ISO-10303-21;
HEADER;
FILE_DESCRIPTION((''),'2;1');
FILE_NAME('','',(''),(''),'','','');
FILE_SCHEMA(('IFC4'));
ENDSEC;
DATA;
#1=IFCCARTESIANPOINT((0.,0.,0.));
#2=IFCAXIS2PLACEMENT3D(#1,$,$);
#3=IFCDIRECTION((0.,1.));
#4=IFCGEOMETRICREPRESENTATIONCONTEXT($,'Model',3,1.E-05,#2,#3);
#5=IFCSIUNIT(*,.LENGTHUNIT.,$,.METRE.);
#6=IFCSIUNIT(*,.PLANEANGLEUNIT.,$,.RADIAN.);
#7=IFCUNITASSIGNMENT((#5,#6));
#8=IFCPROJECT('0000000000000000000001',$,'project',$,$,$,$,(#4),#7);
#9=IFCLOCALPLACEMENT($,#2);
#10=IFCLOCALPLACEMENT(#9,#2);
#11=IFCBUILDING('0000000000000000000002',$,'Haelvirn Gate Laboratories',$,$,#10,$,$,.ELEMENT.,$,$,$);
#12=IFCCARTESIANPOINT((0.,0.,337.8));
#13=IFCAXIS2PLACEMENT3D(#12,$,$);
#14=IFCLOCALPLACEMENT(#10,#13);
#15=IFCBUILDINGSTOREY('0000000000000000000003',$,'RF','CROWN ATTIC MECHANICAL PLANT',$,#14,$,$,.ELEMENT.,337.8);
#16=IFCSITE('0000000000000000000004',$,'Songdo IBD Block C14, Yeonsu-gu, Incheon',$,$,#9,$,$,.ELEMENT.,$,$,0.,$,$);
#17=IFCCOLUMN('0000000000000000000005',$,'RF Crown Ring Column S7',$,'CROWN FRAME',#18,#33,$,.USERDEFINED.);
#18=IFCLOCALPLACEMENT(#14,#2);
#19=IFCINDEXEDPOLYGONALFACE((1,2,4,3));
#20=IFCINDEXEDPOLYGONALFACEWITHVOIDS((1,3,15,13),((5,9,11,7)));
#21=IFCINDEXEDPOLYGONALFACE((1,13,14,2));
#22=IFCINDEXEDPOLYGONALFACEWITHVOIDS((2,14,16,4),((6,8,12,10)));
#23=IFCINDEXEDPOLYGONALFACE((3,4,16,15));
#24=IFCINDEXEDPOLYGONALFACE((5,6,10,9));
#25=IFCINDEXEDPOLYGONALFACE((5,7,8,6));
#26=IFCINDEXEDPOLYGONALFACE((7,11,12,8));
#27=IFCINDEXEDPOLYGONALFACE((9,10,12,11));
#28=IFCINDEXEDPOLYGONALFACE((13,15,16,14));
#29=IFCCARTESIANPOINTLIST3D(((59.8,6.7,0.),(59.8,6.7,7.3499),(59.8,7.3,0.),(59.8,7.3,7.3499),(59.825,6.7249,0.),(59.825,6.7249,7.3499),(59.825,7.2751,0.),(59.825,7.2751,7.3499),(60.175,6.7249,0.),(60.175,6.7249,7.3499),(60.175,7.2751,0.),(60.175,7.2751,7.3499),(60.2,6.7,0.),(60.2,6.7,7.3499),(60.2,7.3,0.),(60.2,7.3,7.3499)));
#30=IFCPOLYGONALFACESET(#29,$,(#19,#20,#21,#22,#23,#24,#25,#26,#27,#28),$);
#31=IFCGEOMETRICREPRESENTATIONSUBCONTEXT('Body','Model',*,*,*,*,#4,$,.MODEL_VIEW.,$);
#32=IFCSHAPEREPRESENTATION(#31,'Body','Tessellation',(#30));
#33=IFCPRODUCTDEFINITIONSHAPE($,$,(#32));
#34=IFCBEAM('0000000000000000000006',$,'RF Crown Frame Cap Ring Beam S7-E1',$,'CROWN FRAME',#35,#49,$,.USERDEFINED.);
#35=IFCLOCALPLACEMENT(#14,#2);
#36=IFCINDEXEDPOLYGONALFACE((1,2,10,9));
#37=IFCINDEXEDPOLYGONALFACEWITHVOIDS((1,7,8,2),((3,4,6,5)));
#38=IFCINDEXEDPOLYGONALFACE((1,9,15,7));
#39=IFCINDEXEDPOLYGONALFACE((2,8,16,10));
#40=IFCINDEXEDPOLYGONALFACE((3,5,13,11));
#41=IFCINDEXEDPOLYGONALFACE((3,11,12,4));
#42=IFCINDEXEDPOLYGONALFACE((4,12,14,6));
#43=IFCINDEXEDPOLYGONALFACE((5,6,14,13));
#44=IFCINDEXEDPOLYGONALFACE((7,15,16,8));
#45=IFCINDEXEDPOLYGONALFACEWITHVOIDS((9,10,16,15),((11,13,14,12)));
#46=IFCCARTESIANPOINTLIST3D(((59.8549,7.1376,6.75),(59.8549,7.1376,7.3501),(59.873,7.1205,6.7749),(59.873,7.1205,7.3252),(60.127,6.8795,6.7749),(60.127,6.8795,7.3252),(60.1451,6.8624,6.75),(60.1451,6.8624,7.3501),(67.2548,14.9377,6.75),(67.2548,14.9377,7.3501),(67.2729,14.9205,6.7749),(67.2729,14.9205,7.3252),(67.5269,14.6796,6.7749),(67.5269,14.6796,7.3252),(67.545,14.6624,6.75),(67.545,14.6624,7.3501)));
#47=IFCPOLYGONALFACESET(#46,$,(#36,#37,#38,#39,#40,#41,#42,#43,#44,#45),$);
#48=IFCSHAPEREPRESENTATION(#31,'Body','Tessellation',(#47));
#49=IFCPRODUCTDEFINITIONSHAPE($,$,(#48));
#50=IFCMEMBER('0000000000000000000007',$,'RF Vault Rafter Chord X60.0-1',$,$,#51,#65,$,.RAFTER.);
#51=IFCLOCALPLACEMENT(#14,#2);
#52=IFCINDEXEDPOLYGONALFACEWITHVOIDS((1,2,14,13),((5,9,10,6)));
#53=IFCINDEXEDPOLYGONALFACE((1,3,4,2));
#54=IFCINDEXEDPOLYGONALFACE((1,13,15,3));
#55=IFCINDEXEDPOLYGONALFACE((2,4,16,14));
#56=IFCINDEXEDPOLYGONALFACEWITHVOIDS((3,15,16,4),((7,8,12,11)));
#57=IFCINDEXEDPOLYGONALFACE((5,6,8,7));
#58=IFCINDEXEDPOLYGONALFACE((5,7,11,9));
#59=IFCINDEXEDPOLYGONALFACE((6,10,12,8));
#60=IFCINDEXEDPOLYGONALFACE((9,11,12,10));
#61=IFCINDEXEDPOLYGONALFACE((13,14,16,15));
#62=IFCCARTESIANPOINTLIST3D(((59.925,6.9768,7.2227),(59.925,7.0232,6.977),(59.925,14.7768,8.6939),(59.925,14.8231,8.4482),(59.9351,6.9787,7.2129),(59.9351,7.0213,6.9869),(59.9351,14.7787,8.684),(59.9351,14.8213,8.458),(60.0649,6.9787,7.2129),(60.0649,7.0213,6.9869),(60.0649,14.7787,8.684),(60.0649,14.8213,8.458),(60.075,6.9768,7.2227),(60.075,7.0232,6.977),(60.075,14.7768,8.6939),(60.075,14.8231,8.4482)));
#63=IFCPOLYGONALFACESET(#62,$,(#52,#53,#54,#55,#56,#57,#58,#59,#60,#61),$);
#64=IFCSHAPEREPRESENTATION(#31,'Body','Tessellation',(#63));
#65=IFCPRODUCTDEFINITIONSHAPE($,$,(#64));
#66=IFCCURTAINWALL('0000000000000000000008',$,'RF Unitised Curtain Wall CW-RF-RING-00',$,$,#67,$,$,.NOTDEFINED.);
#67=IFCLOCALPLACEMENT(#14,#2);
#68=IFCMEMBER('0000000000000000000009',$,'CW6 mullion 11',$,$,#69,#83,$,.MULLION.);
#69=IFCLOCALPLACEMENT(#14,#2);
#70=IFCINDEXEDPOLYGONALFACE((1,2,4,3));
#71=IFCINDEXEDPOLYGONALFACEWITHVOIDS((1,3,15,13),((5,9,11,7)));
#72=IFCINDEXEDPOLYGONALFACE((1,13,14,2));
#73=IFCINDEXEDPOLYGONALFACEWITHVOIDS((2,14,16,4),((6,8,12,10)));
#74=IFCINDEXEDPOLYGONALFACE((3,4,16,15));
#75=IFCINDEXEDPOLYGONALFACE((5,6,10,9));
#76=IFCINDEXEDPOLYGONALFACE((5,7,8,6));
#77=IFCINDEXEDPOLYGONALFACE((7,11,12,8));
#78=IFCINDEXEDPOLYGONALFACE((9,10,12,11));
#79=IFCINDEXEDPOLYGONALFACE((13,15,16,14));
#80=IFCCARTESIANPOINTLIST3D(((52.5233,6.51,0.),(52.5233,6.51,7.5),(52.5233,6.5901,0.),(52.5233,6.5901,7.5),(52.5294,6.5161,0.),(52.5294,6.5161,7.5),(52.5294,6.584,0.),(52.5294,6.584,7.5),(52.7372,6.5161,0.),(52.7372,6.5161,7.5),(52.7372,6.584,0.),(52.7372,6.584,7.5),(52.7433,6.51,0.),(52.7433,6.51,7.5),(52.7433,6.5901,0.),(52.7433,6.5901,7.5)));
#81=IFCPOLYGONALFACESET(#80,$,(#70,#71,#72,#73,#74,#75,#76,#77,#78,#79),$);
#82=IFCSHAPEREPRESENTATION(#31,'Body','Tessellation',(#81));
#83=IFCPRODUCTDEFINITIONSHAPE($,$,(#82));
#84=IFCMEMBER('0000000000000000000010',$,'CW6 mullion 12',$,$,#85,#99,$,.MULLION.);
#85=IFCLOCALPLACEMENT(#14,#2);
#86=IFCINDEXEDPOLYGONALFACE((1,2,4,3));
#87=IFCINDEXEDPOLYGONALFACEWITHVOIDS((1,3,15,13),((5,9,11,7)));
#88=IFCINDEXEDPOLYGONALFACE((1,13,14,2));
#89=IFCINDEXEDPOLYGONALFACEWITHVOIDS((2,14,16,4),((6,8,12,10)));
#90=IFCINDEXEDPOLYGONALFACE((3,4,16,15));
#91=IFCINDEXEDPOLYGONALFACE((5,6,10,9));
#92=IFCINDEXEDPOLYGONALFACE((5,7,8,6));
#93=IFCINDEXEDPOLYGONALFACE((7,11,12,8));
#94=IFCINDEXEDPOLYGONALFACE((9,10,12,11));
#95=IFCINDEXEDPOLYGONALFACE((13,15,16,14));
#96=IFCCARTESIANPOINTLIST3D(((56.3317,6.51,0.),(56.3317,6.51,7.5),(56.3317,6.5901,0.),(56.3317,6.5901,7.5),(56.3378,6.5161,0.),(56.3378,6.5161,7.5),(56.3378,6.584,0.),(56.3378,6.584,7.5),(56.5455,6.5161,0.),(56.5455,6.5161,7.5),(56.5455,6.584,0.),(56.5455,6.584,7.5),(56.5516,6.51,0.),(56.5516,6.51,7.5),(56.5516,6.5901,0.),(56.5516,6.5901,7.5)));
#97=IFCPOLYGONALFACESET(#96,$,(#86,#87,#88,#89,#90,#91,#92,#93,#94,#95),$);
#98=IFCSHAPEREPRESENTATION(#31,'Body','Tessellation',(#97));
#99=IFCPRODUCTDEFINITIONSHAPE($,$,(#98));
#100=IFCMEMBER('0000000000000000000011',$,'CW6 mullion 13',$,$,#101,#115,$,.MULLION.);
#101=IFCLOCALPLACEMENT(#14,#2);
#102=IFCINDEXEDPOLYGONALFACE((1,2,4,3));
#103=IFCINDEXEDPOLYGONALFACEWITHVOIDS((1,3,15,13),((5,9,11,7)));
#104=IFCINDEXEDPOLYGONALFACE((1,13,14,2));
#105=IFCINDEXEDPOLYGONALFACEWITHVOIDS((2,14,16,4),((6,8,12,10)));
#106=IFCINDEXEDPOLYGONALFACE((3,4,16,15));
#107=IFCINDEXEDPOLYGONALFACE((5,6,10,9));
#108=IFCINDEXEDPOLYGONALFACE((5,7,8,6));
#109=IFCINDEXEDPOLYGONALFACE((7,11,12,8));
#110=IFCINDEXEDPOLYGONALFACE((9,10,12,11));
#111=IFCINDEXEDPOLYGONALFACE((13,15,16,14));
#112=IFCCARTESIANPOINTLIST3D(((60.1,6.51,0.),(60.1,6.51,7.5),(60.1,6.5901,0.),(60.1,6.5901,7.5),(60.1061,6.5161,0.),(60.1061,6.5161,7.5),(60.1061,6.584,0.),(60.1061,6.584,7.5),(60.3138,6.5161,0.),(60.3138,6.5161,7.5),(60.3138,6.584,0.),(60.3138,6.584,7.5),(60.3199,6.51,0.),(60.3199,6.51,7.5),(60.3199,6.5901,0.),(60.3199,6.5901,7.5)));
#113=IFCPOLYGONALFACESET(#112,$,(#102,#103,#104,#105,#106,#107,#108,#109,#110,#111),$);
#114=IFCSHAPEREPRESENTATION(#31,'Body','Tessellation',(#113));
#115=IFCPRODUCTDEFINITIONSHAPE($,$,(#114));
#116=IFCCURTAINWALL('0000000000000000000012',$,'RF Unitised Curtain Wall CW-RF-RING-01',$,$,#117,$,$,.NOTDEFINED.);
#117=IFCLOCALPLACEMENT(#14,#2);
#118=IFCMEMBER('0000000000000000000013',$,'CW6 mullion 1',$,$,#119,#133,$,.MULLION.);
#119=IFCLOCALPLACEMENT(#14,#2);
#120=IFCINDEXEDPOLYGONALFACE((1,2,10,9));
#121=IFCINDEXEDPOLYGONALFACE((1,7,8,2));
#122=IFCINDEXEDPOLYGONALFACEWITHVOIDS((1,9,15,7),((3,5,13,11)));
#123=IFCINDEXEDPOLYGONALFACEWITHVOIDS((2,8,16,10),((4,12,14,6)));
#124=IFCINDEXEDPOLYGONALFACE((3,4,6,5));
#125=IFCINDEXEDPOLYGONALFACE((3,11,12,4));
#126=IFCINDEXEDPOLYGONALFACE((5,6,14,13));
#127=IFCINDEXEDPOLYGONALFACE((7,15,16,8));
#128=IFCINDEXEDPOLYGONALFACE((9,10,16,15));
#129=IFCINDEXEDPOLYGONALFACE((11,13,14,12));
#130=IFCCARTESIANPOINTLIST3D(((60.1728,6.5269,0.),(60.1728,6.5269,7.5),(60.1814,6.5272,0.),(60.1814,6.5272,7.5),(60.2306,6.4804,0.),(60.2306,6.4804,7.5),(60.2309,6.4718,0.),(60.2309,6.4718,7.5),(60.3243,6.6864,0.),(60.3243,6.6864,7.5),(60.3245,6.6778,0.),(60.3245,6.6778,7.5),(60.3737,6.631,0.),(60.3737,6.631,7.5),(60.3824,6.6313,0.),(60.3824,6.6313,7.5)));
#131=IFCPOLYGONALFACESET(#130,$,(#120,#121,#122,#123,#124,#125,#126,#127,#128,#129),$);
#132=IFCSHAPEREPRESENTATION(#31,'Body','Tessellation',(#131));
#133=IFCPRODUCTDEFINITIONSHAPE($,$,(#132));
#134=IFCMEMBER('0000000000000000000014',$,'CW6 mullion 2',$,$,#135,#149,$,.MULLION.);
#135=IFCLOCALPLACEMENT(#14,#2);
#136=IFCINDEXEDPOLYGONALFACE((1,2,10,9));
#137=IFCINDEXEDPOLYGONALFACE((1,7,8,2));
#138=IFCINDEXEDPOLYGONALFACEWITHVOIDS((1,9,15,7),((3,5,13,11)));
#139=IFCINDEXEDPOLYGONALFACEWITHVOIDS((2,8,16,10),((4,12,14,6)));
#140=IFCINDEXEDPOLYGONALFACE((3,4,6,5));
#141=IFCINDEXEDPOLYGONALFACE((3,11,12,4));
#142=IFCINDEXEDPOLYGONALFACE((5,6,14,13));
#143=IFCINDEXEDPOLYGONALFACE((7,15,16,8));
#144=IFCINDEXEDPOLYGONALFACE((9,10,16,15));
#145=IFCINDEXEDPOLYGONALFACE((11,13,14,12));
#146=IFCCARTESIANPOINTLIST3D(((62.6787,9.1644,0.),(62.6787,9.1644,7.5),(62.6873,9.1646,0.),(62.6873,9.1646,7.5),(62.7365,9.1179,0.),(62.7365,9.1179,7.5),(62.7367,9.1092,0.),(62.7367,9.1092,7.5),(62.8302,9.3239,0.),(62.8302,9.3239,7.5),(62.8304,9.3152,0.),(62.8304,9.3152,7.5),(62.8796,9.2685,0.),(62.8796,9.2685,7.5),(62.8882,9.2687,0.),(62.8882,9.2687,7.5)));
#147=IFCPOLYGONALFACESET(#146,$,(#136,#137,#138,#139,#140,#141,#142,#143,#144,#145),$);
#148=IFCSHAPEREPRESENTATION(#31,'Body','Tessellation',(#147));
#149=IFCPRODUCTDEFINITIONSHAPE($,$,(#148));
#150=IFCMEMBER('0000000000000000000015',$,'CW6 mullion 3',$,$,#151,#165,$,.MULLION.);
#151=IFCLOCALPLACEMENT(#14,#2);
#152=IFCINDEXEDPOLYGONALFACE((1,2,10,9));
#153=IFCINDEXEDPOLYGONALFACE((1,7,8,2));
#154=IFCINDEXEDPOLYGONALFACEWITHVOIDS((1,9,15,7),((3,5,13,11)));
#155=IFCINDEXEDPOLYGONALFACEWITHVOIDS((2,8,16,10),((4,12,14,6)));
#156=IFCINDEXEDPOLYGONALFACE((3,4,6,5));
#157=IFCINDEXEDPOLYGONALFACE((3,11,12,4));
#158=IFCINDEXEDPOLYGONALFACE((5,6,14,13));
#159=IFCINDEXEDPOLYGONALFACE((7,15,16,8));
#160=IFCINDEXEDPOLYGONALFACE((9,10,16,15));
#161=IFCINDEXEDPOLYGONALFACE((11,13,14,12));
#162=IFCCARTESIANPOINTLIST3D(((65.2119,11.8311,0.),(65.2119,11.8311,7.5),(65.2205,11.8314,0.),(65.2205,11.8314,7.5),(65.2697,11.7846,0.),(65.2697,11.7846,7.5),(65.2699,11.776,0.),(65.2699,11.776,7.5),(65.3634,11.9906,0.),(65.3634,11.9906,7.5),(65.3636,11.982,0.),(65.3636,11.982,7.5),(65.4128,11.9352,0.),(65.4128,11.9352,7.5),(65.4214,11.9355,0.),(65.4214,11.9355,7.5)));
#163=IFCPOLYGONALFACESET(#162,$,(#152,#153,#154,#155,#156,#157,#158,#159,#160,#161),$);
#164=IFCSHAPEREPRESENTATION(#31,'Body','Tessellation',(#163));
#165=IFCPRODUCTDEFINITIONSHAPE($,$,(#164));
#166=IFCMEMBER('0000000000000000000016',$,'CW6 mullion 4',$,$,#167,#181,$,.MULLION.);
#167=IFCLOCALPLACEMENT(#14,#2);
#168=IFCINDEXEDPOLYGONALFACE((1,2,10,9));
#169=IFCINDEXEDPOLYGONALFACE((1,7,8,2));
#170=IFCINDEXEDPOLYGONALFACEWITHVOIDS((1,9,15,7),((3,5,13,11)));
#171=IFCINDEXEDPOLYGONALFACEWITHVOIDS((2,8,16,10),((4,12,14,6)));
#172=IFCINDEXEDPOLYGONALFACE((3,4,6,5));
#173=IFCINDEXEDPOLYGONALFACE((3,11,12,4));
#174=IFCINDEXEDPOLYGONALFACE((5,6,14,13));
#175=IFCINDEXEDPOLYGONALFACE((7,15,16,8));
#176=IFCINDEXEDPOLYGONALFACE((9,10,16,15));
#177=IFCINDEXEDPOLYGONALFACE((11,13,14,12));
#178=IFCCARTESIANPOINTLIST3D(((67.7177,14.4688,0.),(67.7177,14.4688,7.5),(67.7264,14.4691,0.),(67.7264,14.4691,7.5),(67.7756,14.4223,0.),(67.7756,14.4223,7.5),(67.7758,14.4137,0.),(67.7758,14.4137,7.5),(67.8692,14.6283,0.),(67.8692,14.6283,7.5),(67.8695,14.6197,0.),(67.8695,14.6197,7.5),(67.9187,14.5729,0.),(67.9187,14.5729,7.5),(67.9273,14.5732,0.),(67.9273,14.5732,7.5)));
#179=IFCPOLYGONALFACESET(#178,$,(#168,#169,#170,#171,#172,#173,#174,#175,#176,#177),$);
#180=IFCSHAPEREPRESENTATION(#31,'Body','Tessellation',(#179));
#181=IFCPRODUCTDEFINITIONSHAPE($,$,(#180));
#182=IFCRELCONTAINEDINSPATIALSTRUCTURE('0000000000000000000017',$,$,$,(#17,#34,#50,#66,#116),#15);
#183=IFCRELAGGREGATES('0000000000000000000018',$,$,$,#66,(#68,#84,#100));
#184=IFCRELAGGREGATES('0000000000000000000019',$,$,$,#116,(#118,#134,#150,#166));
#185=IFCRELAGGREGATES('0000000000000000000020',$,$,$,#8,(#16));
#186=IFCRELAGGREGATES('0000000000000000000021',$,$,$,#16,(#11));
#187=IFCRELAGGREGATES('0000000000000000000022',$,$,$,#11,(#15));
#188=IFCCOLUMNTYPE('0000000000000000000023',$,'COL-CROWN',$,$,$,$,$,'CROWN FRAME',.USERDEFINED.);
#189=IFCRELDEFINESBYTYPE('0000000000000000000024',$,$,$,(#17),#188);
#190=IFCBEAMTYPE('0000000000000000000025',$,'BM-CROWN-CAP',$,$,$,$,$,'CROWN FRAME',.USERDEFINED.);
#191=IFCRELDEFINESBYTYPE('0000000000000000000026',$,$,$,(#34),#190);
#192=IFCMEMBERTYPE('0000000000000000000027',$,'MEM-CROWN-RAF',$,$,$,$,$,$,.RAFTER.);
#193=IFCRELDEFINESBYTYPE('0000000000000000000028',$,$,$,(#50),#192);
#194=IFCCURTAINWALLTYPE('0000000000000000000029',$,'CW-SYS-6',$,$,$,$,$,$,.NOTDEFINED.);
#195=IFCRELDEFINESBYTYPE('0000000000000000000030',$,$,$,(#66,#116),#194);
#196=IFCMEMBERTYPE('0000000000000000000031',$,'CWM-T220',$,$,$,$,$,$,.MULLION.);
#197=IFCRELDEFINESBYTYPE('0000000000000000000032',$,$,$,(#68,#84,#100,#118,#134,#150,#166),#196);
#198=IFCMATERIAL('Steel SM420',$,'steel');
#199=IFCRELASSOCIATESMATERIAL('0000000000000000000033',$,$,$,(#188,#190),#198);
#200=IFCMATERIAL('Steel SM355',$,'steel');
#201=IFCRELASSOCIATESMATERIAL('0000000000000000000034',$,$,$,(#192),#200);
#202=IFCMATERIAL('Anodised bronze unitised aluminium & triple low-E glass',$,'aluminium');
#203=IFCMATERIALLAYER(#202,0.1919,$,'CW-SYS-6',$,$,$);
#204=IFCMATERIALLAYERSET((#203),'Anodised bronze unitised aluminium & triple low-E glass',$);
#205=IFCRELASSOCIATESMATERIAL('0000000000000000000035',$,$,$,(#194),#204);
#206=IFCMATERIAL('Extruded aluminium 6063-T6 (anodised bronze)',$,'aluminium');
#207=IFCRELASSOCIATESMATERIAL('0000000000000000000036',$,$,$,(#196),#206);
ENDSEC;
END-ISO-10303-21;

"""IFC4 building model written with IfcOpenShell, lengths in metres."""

from ifc_helpers import new_model, si_unit, direction, frame, origin, origin_2d, place, context, subcontext, project, spatial, hollow_rectangle, extrude, source, transform, mapped, material, layer, layer_set, material_profile, profile_set, type_object, type_shapes, element, aggregate, save


model = new_model("IFC4")

# Units and contexts
model_context = context("Model", 3, precision=1e-05, world=origin(), true_north=direction((0.0, 1.0)))
body_context = subcontext(model_context, "Body", "Model", "MODEL_VIEW")
ifc_project = project(units=[si_unit("LENGTHUNIT", "METRE"), si_unit("PLANEANGLEUNIT", "RADIAN")], contexts=[model_context])

# Site, building, storey
site_placement = place(None, origin())
site = spatial("IfcSite", under=ifc_project, at=site_placement, Name="Songdo IBD Block C14, Yeonsu-gu, Incheon", CompositionType="ELEMENT", RefElevation=0.0)
building_placement = place(site_placement, origin())
building = spatial("IfcBuilding", under=site, at=building_placement, Name="Haelvirn Gate Laboratories", CompositionType="ELEMENT")
storey_placement = place(building_placement, frame((0.0, 0.0, 337.8)))
storey = spatial("IfcBuildingStorey", under=building, at=storey_placement, Name="RF", Description="CROWN ATTIC MECHANICAL PLANT", CompositionType="ELEMENT", Elevation=337.8)

# Column
ifc_material_1 = material(Name="Steel SM420", Category="steel")
ifc_material_profile_1 = material_profile(ifc_material_1, hollow_rectangle(XDim=0.3999, YDim=0.6001, WallThickness=0.0249, at=origin_2d()), Name="BOX-600x400x25")
ifc_profile_set_1 = profile_set([ifc_material_profile_1], Name="Steel SM420")
column_type = type_object("IfcColumnType", Name="COL-CROWN", ElementType="CROWN FRAME", PredefinedType="USERDEFINED", material=ifc_profile_set_1)
shared_shape_1 = source(origin(), body_context, "Body", "SweptSolid", [
    extrude(hollow_rectangle(XDim=0.3999, YDim=0.6001, WallThickness=0.0249, at=origin_2d()), origin(), (0.0, 0.0, 1.0), 7.3499),
])
type_shapes(column_type, [shared_shape_1])
column_placement = place(storey_placement, frame((60.0, 7.0, 0.0), z_axis=(0.0, 0.0, 1.0), x_axis=(1.0, 0.0, 0.0)))
element("IfcColumn", 1, at=column_placement, inside=storey, type_object=column_type, Name="RF Crown Ring Column S7", ObjectType="CROWN FRAME", PredefinedType="USERDEFINED", context=body_context, shape_type="MappedRepresentation", body=[
    mapped(shared_shape_1, transform((0.0, 0.0, 0.0), scale=1.0)),
])

# Beam
ifc_material_profile_2 = material_profile(ifc_material_1, hollow_rectangle(XDim=0.3999, YDim=0.6001, WallThickness=0.0249, at=origin_2d()), Name="BOX-600x400x25")
ifc_profile_set_2 = profile_set([ifc_material_profile_2], Name="Steel SM420")
beam_type = type_object("IfcBeamType", Name="BM-CROWN-CAP", ElementType="CROWN FRAME", PredefinedType="USERDEFINED", material=ifc_profile_set_2)
shared_shape_2 = source(origin(), body_context, "Body", "SweptSolid", [
    extrude(hollow_rectangle(XDim=0.3999, YDim=0.6001, WallThickness=0.0249, at=origin_2d()), origin(), (0.0, 0.0, 1.0), 10.7517),
])
type_shapes(beam_type, [shared_shape_2])
beam_placement = place(storey_placement, frame((60.0, 7.0, 7.05), z_axis=(0.688253, 0.72547, 0.0), x_axis=(-0.72547, 0.688253, 0.0)))
element("IfcBeam", 2, at=beam_placement, inside=storey, type_object=beam_type, Name="RF Crown Frame Cap Ring Beam S7-E1", ObjectType="CROWN FRAME", PredefinedType="USERDEFINED", context=body_context, shape_type="MappedRepresentation", body=[
    mapped(shared_shape_2, transform((0.0, 0.0, 0.0), scale=1.0)),
])

# Member
ifc_material_2 = material(Name="Steel SM355", Category="steel")
ifc_material_profile_3 = material_profile(ifc_material_2, hollow_rectangle(XDim=0.1499, YDim=0.25, WallThickness=0.01, at=origin_2d()), Name="RHS-250x150x10")
ifc_profile_set_3 = profile_set([ifc_material_profile_3], Name="Steel SM355")
member_type_1 = type_object("IfcMemberType", Name="MEM-CROWN-RAF", PredefinedType="RAFTER", material=ifc_profile_set_3)
shared_shape_3 = source(origin(), body_context, "Body", "SweptSolid", [
    extrude(hollow_rectangle(XDim=0.1499, YDim=0.25, WallThickness=0.01, at=origin_2d()), origin(), (0.0, 0.0, 1.0), 7.9375),
])
type_shapes(member_type_1, [shared_shape_3])
member_1_placement = place(storey_placement, frame((60.0, 7.0, 7.0999), z_axis=(0.0, 0.982673, 0.185345), x_axis=(-1.0, 0.0, 0.0)))
element("IfcMember", 3, at=member_1_placement, inside=storey, type_object=member_type_1, Name="RF Vault Rafter Chord X60.0-1", PredefinedType="RAFTER", context=body_context, shape_type="MappedRepresentation", body=[
    mapped(shared_shape_3, transform((0.0, 0.0, 0.0), scale=1.0)),
])

# Curtain walls, members
ifc_material_3 = material(Name="Anodised bronze unitised aluminium & triple low-E glass", Category="aluminium")
ifc_layer_1 = layer(ifc_material_3, 0.1919, Name="CW-SYS-6")
ifc_layer_set_1 = layer_set([ifc_layer_1], Name="Anodised bronze unitised aluminium & triple low-E glass")
curtain_wall_type = type_object("IfcCurtainWallType", Name="CW-SYS-6", PredefinedType="NOTDEFINED", material=ifc_layer_set_1)
curtain_wall_1_placement = place(storey_placement, origin())
curtain_wall_1 = element("IfcCurtainWall", 4, at=curtain_wall_1_placement, inside=storey, type_object=curtain_wall_type, Name="RF Unitised Curtain Wall CW-RF-RING-00", PredefinedType="NOTDEFINED")
ifc_material_4 = material(Name="Extruded aluminium 6063-T6 (anodised bronze)", Category="aluminium")
ifc_material_profile_4 = material_profile(ifc_material_4, hollow_rectangle(XDim=0.0801, YDim=0.22, WallThickness=0.0061, at=origin_2d()), Name="CWM-220x80x6")
ifc_profile_set_4 = profile_set([ifc_material_profile_4], Name="Extruded aluminium 6063-T6 (anodised bronze)")
member_type_2 = type_object("IfcMemberType", Name="CWM-T220", PredefinedType="MULLION", material=ifc_profile_set_4)
shared_shape_4 = source(origin(), body_context, "Body", "SweptSolid", [
    extrude(hollow_rectangle(XDim=0.0801, YDim=0.22, WallThickness=0.0061, at=origin_2d()), origin(), (0.0, 0.0, 1.0), 7.5),
])
type_shapes(member_type_2, [shared_shape_4])
member_2_placement = place(storey_placement, frame((52.6333, 6.55, 0.0), z_axis=(0.0, 0.0, 1.0), x_axis=(0.0, 1.0, 0.0)))
member_2 = element("IfcMember", 5, at=member_2_placement, type_object=member_type_2, Name="CW6 mullion 11", PredefinedType="MULLION", context=body_context, shape_type="MappedRepresentation", body=[
    mapped(shared_shape_4, transform((0.0, 0.0, 0.0), scale=1.0)),
])
member_3_placement = place(storey_placement, frame((56.4417, 6.55, 0.0), z_axis=(0.0, 0.0, 1.0), x_axis=(0.0, 1.0, 0.0)))
member_3 = element("IfcMember", 6, at=member_3_placement, type_object=member_type_2, Name="CW6 mullion 12", PredefinedType="MULLION", context=body_context, shape_type="MappedRepresentation", body=[
    mapped(shared_shape_4, transform((0.0, 0.0, 0.0), scale=1.0)),
])
member_4_placement = place(storey_placement, frame((60.21, 6.55, 0.0), z_axis=(0.0, 0.0, 1.0), x_axis=(0.0, 1.0, 0.0)))
member_4 = element("IfcMember", 7, at=member_4_placement, type_object=member_type_2, Name="CW6 mullion 13", PredefinedType="MULLION", context=body_context, shape_type="MappedRepresentation", body=[
    mapped(shared_shape_4, transform((0.0, 0.0, 0.0), scale=1.0)),
])
curtain_wall_2_placement = place(storey_placement, origin())
curtain_wall_2 = element("IfcCurtainWall", 8, at=curtain_wall_2_placement, inside=storey, type_object=curtain_wall_type, Name="RF Unitised Curtain Wall CW-RF-RING-01", PredefinedType="NOTDEFINED")
member_5_placement = place(storey_placement, frame((60.2776, 6.5791, 0.0), z_axis=(0.0, 0.0, 1.0), x_axis=(-0.724999, 0.688749, 0.0)))
member_5 = element("IfcMember", 9, at=member_5_placement, type_object=member_type_2, Name="CW6 mullion 1", PredefinedType="MULLION", context=body_context, shape_type="MappedRepresentation", body=[
    mapped(shared_shape_4, transform((0.0, 0.0, 0.0), scale=1.0)),
])
member_6_placement = place(storey_placement, frame((62.7834, 9.2166, 0.0), z_axis=(0.0, 0.0, 1.0), x_axis=(-0.724999, 0.688749, 0.0)))
member_6 = element("IfcMember", 10, at=member_6_placement, type_object=member_type_2, Name="CW6 mullion 2", PredefinedType="MULLION", context=body_context, shape_type="MappedRepresentation", body=[
    mapped(shared_shape_4, transform((0.0, 0.0, 0.0), scale=1.0)),
])
member_7_placement = place(storey_placement, frame((65.3167, 11.8833, 0.0), z_axis=(0.0, 0.0, 1.0), x_axis=(-0.724999, 0.688749, 0.0)))
member_7 = element("IfcMember", 11, at=member_7_placement, type_object=member_type_2, Name="CW6 mullion 3", PredefinedType="MULLION", context=body_context, shape_type="MappedRepresentation", body=[
    mapped(shared_shape_4, transform((0.0, 0.0, 0.0), scale=1.0)),
])
member_8_placement = place(storey_placement, frame((67.8225, 14.521, 0.0), z_axis=(0.0, 0.0, 1.0), x_axis=(-0.724999, 0.688749, 0.0)))
member_8 = element("IfcMember", 12, at=member_8_placement, type_object=member_type_2, Name="CW6 mullion 4", PredefinedType="MULLION", context=body_context, shape_type="MappedRepresentation", body=[
    mapped(shared_shape_4, transform((0.0, 0.0, 0.0), scale=1.0)),
])

aggregate(curtain_wall_1, [member_2, member_3, member_4])
aggregate(curtain_wall_2, [member_5, member_6, member_7, member_8])

save(model, "model.ifc")
